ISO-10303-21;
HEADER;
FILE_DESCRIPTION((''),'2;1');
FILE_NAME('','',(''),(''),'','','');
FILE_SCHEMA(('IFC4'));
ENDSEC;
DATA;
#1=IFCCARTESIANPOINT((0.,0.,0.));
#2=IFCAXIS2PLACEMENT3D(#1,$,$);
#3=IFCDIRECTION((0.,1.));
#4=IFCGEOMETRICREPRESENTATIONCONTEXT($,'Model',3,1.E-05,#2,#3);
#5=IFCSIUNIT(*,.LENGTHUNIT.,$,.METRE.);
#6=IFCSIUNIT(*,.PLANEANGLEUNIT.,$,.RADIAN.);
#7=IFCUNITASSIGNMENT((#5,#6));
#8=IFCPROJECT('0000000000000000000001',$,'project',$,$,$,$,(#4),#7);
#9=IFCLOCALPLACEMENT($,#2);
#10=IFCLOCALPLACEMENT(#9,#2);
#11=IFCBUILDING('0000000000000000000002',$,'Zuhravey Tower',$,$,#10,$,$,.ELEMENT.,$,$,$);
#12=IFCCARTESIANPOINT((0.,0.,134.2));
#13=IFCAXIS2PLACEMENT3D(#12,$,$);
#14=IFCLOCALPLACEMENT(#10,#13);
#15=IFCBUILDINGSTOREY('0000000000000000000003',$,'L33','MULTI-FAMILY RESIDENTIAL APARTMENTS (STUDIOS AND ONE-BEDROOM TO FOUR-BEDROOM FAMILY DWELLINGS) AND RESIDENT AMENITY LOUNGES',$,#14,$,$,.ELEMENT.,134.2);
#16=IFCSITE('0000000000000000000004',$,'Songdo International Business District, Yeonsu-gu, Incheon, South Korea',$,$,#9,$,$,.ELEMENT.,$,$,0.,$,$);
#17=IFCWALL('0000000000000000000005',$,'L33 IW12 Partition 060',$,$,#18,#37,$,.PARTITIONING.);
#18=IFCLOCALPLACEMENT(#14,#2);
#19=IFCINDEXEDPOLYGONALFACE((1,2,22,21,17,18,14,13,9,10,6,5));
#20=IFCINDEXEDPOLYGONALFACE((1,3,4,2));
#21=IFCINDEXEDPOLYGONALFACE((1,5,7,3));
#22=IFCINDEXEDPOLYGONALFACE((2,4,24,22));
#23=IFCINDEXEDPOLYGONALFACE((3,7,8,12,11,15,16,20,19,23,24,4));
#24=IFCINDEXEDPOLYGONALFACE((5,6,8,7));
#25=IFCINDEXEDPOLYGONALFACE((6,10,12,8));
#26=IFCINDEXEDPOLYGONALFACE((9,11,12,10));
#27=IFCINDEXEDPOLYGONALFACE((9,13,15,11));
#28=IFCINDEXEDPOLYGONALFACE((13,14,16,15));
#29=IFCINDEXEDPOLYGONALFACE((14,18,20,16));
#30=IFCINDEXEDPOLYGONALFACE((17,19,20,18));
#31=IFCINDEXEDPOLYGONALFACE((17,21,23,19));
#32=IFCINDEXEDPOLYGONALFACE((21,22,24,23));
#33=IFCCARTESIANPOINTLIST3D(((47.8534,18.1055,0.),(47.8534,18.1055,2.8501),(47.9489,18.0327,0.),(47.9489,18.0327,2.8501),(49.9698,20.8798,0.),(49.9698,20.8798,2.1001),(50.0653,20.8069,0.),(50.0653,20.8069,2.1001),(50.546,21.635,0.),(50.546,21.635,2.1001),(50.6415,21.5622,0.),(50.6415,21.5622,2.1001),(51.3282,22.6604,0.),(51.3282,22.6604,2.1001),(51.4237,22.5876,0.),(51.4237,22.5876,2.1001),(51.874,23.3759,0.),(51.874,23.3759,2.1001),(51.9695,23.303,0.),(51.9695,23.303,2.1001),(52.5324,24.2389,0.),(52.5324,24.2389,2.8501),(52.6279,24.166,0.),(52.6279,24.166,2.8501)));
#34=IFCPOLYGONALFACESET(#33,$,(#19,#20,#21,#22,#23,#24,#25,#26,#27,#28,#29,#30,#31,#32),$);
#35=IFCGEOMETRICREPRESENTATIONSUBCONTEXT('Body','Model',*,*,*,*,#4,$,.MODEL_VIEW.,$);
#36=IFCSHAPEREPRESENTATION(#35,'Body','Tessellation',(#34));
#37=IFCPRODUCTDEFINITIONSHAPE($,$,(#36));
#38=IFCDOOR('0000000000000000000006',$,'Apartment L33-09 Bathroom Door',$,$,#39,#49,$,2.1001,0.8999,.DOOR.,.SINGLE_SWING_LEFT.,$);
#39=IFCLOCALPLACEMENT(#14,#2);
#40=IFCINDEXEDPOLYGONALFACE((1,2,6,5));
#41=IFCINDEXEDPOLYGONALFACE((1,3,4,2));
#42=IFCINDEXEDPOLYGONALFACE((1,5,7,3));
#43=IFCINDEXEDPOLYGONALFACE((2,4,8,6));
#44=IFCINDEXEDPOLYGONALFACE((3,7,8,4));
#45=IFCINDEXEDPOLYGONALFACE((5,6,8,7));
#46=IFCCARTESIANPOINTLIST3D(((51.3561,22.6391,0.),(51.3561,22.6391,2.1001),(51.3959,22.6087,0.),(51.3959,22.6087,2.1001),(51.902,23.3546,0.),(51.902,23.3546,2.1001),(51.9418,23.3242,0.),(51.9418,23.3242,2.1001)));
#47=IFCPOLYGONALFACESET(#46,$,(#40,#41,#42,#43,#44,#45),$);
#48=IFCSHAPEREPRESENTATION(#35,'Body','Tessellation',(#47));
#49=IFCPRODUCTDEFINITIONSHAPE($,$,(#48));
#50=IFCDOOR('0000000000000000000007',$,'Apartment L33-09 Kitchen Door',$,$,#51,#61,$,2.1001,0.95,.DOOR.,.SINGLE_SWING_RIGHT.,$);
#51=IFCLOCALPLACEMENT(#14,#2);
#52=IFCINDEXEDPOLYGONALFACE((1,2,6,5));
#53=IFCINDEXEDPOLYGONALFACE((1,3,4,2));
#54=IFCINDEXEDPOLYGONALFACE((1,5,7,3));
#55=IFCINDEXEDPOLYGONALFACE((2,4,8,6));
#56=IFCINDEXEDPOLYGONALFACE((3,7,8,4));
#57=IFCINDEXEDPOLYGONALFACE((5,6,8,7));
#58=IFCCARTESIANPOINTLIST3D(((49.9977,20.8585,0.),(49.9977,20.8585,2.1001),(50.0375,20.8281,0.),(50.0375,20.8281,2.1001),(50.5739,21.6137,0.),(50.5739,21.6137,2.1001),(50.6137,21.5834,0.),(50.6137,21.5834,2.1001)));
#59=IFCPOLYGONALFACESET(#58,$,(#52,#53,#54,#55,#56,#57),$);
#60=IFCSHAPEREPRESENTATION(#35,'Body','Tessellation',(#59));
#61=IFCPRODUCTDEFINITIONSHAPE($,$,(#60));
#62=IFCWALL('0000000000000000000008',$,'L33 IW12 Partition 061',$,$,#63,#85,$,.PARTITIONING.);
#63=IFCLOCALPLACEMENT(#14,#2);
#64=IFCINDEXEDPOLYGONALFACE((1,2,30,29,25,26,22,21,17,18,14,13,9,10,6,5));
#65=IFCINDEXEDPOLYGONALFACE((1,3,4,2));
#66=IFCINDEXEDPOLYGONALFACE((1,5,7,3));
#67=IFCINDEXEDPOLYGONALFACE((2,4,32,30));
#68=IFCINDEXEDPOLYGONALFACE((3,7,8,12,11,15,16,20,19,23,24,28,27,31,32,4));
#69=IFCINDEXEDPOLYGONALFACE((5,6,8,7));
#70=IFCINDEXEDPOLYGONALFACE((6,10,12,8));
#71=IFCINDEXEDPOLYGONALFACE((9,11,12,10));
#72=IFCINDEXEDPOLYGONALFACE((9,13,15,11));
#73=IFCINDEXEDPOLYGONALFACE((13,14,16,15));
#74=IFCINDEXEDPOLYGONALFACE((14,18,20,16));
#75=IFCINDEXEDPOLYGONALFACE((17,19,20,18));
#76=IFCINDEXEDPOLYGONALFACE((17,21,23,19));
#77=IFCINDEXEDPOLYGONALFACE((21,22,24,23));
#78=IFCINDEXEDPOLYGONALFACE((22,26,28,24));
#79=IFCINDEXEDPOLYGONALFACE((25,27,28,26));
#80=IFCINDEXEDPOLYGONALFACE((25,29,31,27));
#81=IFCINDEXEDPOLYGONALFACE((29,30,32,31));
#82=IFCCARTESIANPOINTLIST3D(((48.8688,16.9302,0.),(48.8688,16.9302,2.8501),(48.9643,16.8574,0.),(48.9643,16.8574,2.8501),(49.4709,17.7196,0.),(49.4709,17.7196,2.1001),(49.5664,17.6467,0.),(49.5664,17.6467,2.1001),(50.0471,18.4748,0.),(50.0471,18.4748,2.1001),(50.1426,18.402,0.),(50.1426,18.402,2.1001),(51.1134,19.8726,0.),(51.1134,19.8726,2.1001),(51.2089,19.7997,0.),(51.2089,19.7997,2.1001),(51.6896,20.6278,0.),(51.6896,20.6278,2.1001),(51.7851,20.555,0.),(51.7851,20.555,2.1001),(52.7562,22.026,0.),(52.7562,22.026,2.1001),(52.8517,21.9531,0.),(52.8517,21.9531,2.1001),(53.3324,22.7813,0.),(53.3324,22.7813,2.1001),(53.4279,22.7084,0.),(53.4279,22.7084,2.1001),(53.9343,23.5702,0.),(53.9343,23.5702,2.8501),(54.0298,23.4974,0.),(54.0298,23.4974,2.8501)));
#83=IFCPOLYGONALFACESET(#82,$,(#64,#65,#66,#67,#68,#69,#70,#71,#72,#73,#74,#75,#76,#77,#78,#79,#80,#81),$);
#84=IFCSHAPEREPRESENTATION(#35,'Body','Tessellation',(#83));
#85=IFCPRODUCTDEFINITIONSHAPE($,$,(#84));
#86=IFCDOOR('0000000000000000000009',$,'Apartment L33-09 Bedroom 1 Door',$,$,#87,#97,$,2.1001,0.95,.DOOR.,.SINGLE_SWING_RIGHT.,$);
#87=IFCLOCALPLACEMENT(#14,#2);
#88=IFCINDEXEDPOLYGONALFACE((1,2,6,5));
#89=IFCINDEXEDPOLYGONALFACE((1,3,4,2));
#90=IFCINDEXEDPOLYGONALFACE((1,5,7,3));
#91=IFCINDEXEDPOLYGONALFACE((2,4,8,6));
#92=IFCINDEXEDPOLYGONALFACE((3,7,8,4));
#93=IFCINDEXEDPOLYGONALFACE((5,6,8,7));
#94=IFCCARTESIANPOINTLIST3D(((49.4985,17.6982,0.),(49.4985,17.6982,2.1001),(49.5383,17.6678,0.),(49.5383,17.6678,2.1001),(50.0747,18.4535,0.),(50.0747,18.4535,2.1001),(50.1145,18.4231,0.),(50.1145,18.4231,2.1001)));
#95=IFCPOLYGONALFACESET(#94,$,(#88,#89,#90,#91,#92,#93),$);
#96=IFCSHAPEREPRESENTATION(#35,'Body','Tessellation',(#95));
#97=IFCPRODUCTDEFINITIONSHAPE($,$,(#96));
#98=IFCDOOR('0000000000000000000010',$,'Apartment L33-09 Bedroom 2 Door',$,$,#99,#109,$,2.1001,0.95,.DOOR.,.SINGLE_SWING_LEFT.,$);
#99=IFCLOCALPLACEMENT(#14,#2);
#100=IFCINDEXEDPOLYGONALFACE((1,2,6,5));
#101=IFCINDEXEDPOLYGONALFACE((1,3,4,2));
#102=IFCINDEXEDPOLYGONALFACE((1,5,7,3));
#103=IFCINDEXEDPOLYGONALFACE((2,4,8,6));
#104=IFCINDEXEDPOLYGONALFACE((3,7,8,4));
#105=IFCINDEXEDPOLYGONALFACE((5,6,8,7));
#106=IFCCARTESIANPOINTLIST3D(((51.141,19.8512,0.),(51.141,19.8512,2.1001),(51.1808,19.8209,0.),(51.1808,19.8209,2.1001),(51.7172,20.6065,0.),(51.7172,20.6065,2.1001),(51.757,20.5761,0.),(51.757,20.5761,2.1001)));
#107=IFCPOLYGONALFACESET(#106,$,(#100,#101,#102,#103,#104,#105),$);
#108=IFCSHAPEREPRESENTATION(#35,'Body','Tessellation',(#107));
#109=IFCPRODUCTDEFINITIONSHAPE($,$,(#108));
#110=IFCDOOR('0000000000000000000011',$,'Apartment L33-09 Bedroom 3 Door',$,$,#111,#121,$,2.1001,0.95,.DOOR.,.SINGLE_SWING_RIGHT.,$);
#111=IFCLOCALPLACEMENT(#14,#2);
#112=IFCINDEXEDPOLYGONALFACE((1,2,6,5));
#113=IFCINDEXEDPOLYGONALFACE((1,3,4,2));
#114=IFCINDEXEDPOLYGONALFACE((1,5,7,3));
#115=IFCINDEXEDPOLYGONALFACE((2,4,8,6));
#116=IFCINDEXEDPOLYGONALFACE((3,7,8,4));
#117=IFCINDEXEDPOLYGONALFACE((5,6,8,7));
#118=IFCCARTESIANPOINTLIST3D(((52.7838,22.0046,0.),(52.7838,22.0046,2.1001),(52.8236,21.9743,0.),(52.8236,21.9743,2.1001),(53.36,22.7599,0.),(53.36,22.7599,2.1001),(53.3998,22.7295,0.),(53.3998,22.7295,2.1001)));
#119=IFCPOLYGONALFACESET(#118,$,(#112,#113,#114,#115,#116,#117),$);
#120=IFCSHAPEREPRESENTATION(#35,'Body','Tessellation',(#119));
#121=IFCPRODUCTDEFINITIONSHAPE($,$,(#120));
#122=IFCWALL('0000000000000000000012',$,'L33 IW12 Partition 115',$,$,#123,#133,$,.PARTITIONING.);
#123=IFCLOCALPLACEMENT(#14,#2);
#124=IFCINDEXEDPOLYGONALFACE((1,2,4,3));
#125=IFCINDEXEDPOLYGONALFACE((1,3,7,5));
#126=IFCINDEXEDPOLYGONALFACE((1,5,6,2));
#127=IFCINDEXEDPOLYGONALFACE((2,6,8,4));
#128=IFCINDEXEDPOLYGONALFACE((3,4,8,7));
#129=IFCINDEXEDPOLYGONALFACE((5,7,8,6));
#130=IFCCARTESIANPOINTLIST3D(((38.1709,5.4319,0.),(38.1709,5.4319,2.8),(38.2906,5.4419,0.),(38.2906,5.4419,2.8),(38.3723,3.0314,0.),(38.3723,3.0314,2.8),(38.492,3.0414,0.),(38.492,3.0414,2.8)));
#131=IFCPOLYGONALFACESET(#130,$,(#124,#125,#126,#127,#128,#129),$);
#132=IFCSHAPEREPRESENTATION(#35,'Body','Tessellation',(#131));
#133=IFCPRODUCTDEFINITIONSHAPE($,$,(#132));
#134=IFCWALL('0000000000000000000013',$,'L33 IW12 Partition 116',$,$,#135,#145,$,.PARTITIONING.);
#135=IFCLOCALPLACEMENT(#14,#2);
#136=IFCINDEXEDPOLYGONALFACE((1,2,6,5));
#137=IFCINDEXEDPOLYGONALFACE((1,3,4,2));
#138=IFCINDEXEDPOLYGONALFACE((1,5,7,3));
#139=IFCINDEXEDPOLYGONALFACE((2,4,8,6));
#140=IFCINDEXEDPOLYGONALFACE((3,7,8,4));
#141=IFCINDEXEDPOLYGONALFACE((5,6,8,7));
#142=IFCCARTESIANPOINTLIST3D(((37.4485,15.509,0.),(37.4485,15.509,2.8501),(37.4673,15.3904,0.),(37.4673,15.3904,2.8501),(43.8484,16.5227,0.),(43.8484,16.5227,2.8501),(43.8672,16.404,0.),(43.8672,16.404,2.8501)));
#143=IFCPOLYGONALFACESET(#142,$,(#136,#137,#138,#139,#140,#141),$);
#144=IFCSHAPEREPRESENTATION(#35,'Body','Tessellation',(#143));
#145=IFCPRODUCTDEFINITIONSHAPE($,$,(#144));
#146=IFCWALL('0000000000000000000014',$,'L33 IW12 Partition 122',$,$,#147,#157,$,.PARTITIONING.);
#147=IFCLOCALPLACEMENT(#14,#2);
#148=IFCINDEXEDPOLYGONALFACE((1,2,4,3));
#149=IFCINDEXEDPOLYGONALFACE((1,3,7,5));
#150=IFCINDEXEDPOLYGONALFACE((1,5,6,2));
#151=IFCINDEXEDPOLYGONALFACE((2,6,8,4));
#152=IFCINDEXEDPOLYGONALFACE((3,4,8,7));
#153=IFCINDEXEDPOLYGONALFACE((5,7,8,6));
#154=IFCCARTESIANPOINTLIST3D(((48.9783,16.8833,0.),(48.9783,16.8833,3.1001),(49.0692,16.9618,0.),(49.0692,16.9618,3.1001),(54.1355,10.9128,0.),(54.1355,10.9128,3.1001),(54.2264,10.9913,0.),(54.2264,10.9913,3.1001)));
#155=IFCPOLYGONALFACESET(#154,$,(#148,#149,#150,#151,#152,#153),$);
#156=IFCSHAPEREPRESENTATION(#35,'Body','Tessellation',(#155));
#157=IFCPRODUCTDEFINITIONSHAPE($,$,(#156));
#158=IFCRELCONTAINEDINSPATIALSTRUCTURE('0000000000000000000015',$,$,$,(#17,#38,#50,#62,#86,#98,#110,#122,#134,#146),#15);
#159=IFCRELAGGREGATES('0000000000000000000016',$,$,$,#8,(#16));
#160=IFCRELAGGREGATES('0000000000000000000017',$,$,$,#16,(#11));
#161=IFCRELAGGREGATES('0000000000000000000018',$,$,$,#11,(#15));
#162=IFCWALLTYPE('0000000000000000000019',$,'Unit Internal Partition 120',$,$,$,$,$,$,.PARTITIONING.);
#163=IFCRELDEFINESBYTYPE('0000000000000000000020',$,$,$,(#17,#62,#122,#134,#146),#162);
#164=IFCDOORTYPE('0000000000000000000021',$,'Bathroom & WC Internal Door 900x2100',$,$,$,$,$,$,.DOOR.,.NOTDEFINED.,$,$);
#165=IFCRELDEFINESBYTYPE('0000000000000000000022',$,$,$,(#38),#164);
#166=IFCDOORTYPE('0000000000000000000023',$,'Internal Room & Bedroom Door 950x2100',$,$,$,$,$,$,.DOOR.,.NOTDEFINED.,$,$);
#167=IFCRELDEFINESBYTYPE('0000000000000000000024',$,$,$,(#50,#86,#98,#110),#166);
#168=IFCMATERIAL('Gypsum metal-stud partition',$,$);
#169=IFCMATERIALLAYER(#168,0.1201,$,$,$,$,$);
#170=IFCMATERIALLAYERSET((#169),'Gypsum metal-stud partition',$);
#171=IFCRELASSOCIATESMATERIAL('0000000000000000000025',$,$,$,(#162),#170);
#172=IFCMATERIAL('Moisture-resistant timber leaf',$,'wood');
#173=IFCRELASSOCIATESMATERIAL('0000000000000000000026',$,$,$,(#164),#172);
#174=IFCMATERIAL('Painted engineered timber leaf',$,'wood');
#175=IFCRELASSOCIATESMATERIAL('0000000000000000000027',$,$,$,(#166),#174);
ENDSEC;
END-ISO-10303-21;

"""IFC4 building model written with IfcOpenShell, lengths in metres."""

from ifc_helpers import new_model, si_unit, direction, frame, frame_2d, origin, place, context, subcontext, project, spatial, rectangle, extrude, material, layer, layer_set, type_object, element, fill, save


model = new_model("IFC4")

# Units and contexts
model_context = context("Model", 3, precision=1e-05, world=origin(), true_north=direction((0.0, 1.0)))
body_context = subcontext(model_context, "Body", "Model", "MODEL_VIEW")
ifc_project = project(units=[si_unit("LENGTHUNIT", "METRE"), si_unit("PLANEANGLEUNIT", "RADIAN")], contexts=[model_context])

# Site, building, storey
site_placement = place(None, origin())
site = spatial("IfcSite", under=ifc_project, at=site_placement, Name="Songdo International Business District, Yeonsu-gu, Incheon, South Korea", CompositionType="ELEMENT", RefElevation=0.0)
building_placement = place(site_placement, origin())
building = spatial("IfcBuilding", under=site, at=building_placement, Name="Zuhravey Tower", CompositionType="ELEMENT")
storey_placement = place(building_placement, frame((0.0, 0.0, 134.2)))
storey = spatial("IfcBuildingStorey", under=building, at=storey_placement, Name="L33", Description="MULTI-FAMILY RESIDENTIAL APARTMENTS (STUDIOS AND ONE-BEDROOM TO FOUR-BEDROOM FAMILY DWELLINGS) AND RESIDENT AMENITY LOUNGES", CompositionType="ELEMENT", Elevation=134.2)

# Shared definitions
ifc_material_1 = material(Name="Gypsum metal-stud partition")
ifc_layer_1 = layer(ifc_material_1, 0.1201)
ifc_layer_set_1 = layer_set([ifc_layer_1], Name="Gypsum metal-stud partition")
wall_type_1 = type_object("IfcWallType", Name="Unit Internal Partition 120", PredefinedType="PARTITIONING", material=ifc_layer_set_1)
ifc_material_2 = material(Name="Moisture-resistant timber leaf", Category="wood")
door_type_1 = type_object("IfcDoorType", Name="Bathroom & WC Internal Door 900x2100", OperationType="NOTDEFINED", PredefinedType="DOOR", material=ifc_material_2)
ifc_material_3 = material(Name="Painted engineered timber leaf", Category="wood")
door_type_2 = type_object("IfcDoorType", Name="Internal Room & Bedroom Door 950x2100", OperationType="NOTDEFINED", PredefinedType="DOOR", material=ifc_material_3)

# Walls, openings, doors
wall_1_placement = place(storey_placement, frame((47.9011, 18.0691, 0.0), z_axis=(0.0, 0.0, 1.0), x_axis=(0.606532, 0.795059, 0.0)))
wall_1 = element("IfcWall", 1, at=wall_1_placement, inside=storey, type_object=wall_type_1, Name="L33 IW12 Partition 060", PredefinedType="PARTITIONING", context=body_context, shape_type="SweptSolid", body=[
    extrude(rectangle(XDim=7.7144, YDim=0.1201, at=frame_2d((3.8572, 0.0))), origin(), (0.0, 0.0, 1.0), 2.8501),
])
opening_1_placement = place(wall_1_placement, frame((3.4893, 0.0, 0.0)))
opening_1 = element("IfcOpeningElement", 2, at=opening_1_placement, cuts=wall_1, PredefinedType="OPENING", context=body_context, shape_type="SweptSolid", body=[
    extrude(rectangle(XDim=0.95, YDim=2.1001, at=frame_2d((0.4751, 1.05))), frame((0.0, 0.072, 0.0), z_axis=(0.0, -1.0, 0.0), x_axis=(1.0, 0.0, 0.0)), (0.0, 0.0, 1.0), 0.144),
])
opening_2_placement = place(wall_1_placement, frame((5.729, 0.0, 0.0)))
opening_2 = element("IfcOpeningElement", 3, at=opening_2_placement, cuts=wall_1, PredefinedType="OPENING", context=body_context, shape_type="SweptSolid", body=[
    extrude(rectangle(XDim=0.8999, YDim=2.1001, at=frame_2d((0.45, 1.05))), frame((0.0, 0.072, 0.0), z_axis=(0.0, -1.0, 0.0), x_axis=(1.0, 0.0, 0.0)), (0.0, 0.0, 1.0), 0.144),
])
door_1_placement = place(opening_2_placement, origin())
door_1 = element("IfcDoor", 4, at=door_1_placement, inside=storey, type_object=door_type_1, Name="Apartment L33-09 Bathroom Door", OperationType="SINGLE_SWING_LEFT", OverallHeight=2.1001, OverallWidth=0.8999, PredefinedType="DOOR", context=body_context, shape_type="SweptSolid", body=[
    extrude(rectangle(XDim=0.8999, YDim=2.1001, at=frame_2d((0.45, 1.05))), frame((0.0, 0.0249, 0.0), z_axis=(0.0, -1.0, 0.0), x_axis=(1.0, 0.0, 0.0)), (0.0, 0.0, 1.0), 0.05),
])
fill(opening_2, door_1)
door_2_placement = place(opening_1_placement, origin())
door_2 = element("IfcDoor", 5, at=door_2_placement, inside=storey, type_object=door_type_2, Name="Apartment L33-09 Kitchen Door", OperationType="SINGLE_SWING_RIGHT", OverallHeight=2.1001, OverallWidth=0.95, PredefinedType="DOOR", context=body_context, shape_type="SweptSolid", body=[
    extrude(rectangle(XDim=0.95, YDim=2.1001, at=frame_2d((0.4751, 1.05))), frame((0.0, 0.0249, 0.0), z_axis=(0.0, -1.0, 0.0), x_axis=(1.0, 0.0, 0.0)), (0.0, 0.0, 1.0), 0.05),
])
fill(opening_1, door_2)
wall_2_placement = place(storey_placement, frame((48.9165, 16.8938, 0.0), z_axis=(0.0, 0.0, 1.0), x_axis=(0.606533, 0.795058, 0.0)))
wall_2 = element("IfcWall", 6, at=wall_2_placement, inside=storey, type_object=wall_type_1, Name="L33 IW12 Partition 061", PredefinedType="PARTITIONING", context=body_context, shape_type="SweptSolid", body=[
    extrude(rectangle(XDim=8.3516, YDim=0.1201, at=frame_2d((4.1758, 0.0))), origin(), (0.0, 0.0, 1.0), 2.8501),
])
opening_3_placement = place(wall_2_placement, frame((0.9927, 0.0, 0.0)))
opening_3 = element("IfcOpeningElement", 7, at=opening_3_placement, cuts=wall_2, PredefinedType="OPENING", context=body_context, shape_type="SweptSolid", body=[
    extrude(rectangle(XDim=0.95, YDim=2.1001, at=frame_2d((0.4751, 1.05))), frame((0.0, 0.072, 0.0), z_axis=(0.0, -1.0, 0.0), x_axis=(1.0, 0.0, 0.0)), (0.0, 0.0, 1.0), 0.144),
])
opening_4_placement = place(wall_2_placement, frame((3.7007, 0.0, 0.0)))
opening_4 = element("IfcOpeningElement", 8, at=opening_4_placement, cuts=wall_2, PredefinedType="OPENING", context=body_context, shape_type="SweptSolid", body=[
    extrude(rectangle(XDim=0.95, YDim=2.1001, at=frame_2d((0.4751, 1.05))), frame((0.0, 0.072, 0.0), z_axis=(0.0, -1.0, 0.0), x_axis=(1.0, 0.0, 0.0)), (0.0, 0.0, 1.0), 0.144),
])
opening_5_placement = place(wall_2_placement, frame((6.4092, 0.0, 0.0)))
opening_5 = element("IfcOpeningElement", 9, at=opening_5_placement, cuts=wall_2, PredefinedType="OPENING", context=body_context, shape_type="SweptSolid", body=[
    extrude(rectangle(XDim=0.95, YDim=2.1001, at=frame_2d((0.4751, 1.05))), frame((0.0, 0.072, 0.0), z_axis=(0.0, -1.0, 0.0), x_axis=(1.0, 0.0, 0.0)), (0.0, 0.0, 1.0), 0.144),
])
door_3_placement = place(opening_3_placement, frame((0.95, 0.0, 0.0), z_axis=(0.0, 0.0, 1.0), x_axis=(-1.0, 0.0, 0.0)))
door_3 = element("IfcDoor", 10, at=door_3_placement, inside=storey, type_object=door_type_2, Name="Apartment L33-09 Bedroom 1 Door", OperationType="SINGLE_SWING_RIGHT", OverallHeight=2.1001, OverallWidth=0.95, PredefinedType="DOOR", context=body_context, shape_type="SweptSolid", body=[
    extrude(rectangle(XDim=0.95, YDim=2.1001, at=frame_2d((0.4751, 1.05))), frame((0.0, 0.0249, 0.0), z_axis=(0.0, -1.0, 0.0), x_axis=(1.0, 0.0, 0.0)), (0.0, 0.0, 1.0), 0.05),
])
fill(opening_3, door_3)
door_4_placement = place(opening_4_placement, frame((0.95, 0.0, 0.0), z_axis=(0.0, 0.0, 1.0), x_axis=(-1.0, 0.0, 0.0)))
door_4 = element("IfcDoor", 11, at=door_4_placement, inside=storey, type_object=door_type_2, Name="Apartment L33-09 Bedroom 2 Door", OperationType="SINGLE_SWING_LEFT", OverallHeight=2.1001, OverallWidth=0.95, PredefinedType="DOOR", context=body_context, shape_type="SweptSolid", body=[
    extrude(rectangle(XDim=0.95, YDim=2.1001, at=frame_2d((0.4751, 1.05))), frame((0.0, 0.0249, 0.0), z_axis=(0.0, -1.0, 0.0), x_axis=(1.0, 0.0, 0.0)), (0.0, 0.0, 1.0), 0.05),
])
fill(opening_4, door_4)
door_5_placement = place(opening_5_placement, frame((0.95, 0.0, 0.0), z_axis=(0.0, 0.0, 1.0), x_axis=(-1.0, 0.0, 0.0)))
door_5 = element("IfcDoor", 12, at=door_5_placement, inside=storey, type_object=door_type_2, Name="Apartment L33-09 Bedroom 3 Door", OperationType="SINGLE_SWING_RIGHT", OverallHeight=2.1001, OverallWidth=0.95, PredefinedType="DOOR", context=body_context, shape_type="SweptSolid", body=[
    extrude(rectangle(XDim=0.95, YDim=2.1001, at=frame_2d((0.4751, 1.05))), frame((0.0, 0.0249, 0.0), z_axis=(0.0, -1.0, 0.0), x_axis=(1.0, 0.0, 0.0)), (0.0, 0.0, 1.0), 0.05),
])
fill(opening_5, door_5)

# Walls
wall_3_placement = place(storey_placement, frame((38.2307, 5.437, 0.0), z_axis=(0.0, 0.0, 1.0), x_axis=(0.083616, -0.996498, 0.0)))
element("IfcWall", 13, at=wall_3_placement, inside=storey, type_object=wall_type_1, Name="L33 IW12 Partition 115", PredefinedType="PARTITIONING", context=body_context, shape_type="SweptSolid", body=[
    extrude(rectangle(XDim=2.4089, YDim=0.1201, at=frame_2d((1.2046, 0.0))), origin(), (0.0, 0.0, 1.0), 2.8),
])
wall_4_placement = place(storey_placement, frame((37.458, 15.4497, 0.0), z_axis=(0.0, 0.0, 1.0), x_axis=(0.987688, 0.156439, 0.0)))
element("IfcWall", 14, at=wall_4_placement, inside=storey, type_object=wall_type_1, Name="L33 IW12 Partition 116", PredefinedType="PARTITIONING", context=body_context, shape_type="SweptSolid", body=[
    extrude(rectangle(XDim=6.4797, YDim=0.1201, at=frame_2d((3.2397, 0.0))), origin(), (0.0, 0.0, 1.0), 2.8501),
])
wall_5_placement = place(storey_placement, frame((49.0237, 16.9226, 0.0), z_axis=(0.0, 0.0, 1.0), x_axis=(0.653687, -0.756765, 0.0)))
element("IfcWall", 15, at=wall_5_placement, inside=storey, type_object=wall_type_1, Name="L33 IW12 Partition 122", PredefinedType="PARTITIONING", context=body_context, shape_type="SweptSolid", body=[
    extrude(rectangle(XDim=7.8894, YDim=0.1201, at=frame_2d((3.9448, 0.0))), origin(), (0.0, 0.0, 1.0), 3.1001),
])

save(model, "model.ifc")
